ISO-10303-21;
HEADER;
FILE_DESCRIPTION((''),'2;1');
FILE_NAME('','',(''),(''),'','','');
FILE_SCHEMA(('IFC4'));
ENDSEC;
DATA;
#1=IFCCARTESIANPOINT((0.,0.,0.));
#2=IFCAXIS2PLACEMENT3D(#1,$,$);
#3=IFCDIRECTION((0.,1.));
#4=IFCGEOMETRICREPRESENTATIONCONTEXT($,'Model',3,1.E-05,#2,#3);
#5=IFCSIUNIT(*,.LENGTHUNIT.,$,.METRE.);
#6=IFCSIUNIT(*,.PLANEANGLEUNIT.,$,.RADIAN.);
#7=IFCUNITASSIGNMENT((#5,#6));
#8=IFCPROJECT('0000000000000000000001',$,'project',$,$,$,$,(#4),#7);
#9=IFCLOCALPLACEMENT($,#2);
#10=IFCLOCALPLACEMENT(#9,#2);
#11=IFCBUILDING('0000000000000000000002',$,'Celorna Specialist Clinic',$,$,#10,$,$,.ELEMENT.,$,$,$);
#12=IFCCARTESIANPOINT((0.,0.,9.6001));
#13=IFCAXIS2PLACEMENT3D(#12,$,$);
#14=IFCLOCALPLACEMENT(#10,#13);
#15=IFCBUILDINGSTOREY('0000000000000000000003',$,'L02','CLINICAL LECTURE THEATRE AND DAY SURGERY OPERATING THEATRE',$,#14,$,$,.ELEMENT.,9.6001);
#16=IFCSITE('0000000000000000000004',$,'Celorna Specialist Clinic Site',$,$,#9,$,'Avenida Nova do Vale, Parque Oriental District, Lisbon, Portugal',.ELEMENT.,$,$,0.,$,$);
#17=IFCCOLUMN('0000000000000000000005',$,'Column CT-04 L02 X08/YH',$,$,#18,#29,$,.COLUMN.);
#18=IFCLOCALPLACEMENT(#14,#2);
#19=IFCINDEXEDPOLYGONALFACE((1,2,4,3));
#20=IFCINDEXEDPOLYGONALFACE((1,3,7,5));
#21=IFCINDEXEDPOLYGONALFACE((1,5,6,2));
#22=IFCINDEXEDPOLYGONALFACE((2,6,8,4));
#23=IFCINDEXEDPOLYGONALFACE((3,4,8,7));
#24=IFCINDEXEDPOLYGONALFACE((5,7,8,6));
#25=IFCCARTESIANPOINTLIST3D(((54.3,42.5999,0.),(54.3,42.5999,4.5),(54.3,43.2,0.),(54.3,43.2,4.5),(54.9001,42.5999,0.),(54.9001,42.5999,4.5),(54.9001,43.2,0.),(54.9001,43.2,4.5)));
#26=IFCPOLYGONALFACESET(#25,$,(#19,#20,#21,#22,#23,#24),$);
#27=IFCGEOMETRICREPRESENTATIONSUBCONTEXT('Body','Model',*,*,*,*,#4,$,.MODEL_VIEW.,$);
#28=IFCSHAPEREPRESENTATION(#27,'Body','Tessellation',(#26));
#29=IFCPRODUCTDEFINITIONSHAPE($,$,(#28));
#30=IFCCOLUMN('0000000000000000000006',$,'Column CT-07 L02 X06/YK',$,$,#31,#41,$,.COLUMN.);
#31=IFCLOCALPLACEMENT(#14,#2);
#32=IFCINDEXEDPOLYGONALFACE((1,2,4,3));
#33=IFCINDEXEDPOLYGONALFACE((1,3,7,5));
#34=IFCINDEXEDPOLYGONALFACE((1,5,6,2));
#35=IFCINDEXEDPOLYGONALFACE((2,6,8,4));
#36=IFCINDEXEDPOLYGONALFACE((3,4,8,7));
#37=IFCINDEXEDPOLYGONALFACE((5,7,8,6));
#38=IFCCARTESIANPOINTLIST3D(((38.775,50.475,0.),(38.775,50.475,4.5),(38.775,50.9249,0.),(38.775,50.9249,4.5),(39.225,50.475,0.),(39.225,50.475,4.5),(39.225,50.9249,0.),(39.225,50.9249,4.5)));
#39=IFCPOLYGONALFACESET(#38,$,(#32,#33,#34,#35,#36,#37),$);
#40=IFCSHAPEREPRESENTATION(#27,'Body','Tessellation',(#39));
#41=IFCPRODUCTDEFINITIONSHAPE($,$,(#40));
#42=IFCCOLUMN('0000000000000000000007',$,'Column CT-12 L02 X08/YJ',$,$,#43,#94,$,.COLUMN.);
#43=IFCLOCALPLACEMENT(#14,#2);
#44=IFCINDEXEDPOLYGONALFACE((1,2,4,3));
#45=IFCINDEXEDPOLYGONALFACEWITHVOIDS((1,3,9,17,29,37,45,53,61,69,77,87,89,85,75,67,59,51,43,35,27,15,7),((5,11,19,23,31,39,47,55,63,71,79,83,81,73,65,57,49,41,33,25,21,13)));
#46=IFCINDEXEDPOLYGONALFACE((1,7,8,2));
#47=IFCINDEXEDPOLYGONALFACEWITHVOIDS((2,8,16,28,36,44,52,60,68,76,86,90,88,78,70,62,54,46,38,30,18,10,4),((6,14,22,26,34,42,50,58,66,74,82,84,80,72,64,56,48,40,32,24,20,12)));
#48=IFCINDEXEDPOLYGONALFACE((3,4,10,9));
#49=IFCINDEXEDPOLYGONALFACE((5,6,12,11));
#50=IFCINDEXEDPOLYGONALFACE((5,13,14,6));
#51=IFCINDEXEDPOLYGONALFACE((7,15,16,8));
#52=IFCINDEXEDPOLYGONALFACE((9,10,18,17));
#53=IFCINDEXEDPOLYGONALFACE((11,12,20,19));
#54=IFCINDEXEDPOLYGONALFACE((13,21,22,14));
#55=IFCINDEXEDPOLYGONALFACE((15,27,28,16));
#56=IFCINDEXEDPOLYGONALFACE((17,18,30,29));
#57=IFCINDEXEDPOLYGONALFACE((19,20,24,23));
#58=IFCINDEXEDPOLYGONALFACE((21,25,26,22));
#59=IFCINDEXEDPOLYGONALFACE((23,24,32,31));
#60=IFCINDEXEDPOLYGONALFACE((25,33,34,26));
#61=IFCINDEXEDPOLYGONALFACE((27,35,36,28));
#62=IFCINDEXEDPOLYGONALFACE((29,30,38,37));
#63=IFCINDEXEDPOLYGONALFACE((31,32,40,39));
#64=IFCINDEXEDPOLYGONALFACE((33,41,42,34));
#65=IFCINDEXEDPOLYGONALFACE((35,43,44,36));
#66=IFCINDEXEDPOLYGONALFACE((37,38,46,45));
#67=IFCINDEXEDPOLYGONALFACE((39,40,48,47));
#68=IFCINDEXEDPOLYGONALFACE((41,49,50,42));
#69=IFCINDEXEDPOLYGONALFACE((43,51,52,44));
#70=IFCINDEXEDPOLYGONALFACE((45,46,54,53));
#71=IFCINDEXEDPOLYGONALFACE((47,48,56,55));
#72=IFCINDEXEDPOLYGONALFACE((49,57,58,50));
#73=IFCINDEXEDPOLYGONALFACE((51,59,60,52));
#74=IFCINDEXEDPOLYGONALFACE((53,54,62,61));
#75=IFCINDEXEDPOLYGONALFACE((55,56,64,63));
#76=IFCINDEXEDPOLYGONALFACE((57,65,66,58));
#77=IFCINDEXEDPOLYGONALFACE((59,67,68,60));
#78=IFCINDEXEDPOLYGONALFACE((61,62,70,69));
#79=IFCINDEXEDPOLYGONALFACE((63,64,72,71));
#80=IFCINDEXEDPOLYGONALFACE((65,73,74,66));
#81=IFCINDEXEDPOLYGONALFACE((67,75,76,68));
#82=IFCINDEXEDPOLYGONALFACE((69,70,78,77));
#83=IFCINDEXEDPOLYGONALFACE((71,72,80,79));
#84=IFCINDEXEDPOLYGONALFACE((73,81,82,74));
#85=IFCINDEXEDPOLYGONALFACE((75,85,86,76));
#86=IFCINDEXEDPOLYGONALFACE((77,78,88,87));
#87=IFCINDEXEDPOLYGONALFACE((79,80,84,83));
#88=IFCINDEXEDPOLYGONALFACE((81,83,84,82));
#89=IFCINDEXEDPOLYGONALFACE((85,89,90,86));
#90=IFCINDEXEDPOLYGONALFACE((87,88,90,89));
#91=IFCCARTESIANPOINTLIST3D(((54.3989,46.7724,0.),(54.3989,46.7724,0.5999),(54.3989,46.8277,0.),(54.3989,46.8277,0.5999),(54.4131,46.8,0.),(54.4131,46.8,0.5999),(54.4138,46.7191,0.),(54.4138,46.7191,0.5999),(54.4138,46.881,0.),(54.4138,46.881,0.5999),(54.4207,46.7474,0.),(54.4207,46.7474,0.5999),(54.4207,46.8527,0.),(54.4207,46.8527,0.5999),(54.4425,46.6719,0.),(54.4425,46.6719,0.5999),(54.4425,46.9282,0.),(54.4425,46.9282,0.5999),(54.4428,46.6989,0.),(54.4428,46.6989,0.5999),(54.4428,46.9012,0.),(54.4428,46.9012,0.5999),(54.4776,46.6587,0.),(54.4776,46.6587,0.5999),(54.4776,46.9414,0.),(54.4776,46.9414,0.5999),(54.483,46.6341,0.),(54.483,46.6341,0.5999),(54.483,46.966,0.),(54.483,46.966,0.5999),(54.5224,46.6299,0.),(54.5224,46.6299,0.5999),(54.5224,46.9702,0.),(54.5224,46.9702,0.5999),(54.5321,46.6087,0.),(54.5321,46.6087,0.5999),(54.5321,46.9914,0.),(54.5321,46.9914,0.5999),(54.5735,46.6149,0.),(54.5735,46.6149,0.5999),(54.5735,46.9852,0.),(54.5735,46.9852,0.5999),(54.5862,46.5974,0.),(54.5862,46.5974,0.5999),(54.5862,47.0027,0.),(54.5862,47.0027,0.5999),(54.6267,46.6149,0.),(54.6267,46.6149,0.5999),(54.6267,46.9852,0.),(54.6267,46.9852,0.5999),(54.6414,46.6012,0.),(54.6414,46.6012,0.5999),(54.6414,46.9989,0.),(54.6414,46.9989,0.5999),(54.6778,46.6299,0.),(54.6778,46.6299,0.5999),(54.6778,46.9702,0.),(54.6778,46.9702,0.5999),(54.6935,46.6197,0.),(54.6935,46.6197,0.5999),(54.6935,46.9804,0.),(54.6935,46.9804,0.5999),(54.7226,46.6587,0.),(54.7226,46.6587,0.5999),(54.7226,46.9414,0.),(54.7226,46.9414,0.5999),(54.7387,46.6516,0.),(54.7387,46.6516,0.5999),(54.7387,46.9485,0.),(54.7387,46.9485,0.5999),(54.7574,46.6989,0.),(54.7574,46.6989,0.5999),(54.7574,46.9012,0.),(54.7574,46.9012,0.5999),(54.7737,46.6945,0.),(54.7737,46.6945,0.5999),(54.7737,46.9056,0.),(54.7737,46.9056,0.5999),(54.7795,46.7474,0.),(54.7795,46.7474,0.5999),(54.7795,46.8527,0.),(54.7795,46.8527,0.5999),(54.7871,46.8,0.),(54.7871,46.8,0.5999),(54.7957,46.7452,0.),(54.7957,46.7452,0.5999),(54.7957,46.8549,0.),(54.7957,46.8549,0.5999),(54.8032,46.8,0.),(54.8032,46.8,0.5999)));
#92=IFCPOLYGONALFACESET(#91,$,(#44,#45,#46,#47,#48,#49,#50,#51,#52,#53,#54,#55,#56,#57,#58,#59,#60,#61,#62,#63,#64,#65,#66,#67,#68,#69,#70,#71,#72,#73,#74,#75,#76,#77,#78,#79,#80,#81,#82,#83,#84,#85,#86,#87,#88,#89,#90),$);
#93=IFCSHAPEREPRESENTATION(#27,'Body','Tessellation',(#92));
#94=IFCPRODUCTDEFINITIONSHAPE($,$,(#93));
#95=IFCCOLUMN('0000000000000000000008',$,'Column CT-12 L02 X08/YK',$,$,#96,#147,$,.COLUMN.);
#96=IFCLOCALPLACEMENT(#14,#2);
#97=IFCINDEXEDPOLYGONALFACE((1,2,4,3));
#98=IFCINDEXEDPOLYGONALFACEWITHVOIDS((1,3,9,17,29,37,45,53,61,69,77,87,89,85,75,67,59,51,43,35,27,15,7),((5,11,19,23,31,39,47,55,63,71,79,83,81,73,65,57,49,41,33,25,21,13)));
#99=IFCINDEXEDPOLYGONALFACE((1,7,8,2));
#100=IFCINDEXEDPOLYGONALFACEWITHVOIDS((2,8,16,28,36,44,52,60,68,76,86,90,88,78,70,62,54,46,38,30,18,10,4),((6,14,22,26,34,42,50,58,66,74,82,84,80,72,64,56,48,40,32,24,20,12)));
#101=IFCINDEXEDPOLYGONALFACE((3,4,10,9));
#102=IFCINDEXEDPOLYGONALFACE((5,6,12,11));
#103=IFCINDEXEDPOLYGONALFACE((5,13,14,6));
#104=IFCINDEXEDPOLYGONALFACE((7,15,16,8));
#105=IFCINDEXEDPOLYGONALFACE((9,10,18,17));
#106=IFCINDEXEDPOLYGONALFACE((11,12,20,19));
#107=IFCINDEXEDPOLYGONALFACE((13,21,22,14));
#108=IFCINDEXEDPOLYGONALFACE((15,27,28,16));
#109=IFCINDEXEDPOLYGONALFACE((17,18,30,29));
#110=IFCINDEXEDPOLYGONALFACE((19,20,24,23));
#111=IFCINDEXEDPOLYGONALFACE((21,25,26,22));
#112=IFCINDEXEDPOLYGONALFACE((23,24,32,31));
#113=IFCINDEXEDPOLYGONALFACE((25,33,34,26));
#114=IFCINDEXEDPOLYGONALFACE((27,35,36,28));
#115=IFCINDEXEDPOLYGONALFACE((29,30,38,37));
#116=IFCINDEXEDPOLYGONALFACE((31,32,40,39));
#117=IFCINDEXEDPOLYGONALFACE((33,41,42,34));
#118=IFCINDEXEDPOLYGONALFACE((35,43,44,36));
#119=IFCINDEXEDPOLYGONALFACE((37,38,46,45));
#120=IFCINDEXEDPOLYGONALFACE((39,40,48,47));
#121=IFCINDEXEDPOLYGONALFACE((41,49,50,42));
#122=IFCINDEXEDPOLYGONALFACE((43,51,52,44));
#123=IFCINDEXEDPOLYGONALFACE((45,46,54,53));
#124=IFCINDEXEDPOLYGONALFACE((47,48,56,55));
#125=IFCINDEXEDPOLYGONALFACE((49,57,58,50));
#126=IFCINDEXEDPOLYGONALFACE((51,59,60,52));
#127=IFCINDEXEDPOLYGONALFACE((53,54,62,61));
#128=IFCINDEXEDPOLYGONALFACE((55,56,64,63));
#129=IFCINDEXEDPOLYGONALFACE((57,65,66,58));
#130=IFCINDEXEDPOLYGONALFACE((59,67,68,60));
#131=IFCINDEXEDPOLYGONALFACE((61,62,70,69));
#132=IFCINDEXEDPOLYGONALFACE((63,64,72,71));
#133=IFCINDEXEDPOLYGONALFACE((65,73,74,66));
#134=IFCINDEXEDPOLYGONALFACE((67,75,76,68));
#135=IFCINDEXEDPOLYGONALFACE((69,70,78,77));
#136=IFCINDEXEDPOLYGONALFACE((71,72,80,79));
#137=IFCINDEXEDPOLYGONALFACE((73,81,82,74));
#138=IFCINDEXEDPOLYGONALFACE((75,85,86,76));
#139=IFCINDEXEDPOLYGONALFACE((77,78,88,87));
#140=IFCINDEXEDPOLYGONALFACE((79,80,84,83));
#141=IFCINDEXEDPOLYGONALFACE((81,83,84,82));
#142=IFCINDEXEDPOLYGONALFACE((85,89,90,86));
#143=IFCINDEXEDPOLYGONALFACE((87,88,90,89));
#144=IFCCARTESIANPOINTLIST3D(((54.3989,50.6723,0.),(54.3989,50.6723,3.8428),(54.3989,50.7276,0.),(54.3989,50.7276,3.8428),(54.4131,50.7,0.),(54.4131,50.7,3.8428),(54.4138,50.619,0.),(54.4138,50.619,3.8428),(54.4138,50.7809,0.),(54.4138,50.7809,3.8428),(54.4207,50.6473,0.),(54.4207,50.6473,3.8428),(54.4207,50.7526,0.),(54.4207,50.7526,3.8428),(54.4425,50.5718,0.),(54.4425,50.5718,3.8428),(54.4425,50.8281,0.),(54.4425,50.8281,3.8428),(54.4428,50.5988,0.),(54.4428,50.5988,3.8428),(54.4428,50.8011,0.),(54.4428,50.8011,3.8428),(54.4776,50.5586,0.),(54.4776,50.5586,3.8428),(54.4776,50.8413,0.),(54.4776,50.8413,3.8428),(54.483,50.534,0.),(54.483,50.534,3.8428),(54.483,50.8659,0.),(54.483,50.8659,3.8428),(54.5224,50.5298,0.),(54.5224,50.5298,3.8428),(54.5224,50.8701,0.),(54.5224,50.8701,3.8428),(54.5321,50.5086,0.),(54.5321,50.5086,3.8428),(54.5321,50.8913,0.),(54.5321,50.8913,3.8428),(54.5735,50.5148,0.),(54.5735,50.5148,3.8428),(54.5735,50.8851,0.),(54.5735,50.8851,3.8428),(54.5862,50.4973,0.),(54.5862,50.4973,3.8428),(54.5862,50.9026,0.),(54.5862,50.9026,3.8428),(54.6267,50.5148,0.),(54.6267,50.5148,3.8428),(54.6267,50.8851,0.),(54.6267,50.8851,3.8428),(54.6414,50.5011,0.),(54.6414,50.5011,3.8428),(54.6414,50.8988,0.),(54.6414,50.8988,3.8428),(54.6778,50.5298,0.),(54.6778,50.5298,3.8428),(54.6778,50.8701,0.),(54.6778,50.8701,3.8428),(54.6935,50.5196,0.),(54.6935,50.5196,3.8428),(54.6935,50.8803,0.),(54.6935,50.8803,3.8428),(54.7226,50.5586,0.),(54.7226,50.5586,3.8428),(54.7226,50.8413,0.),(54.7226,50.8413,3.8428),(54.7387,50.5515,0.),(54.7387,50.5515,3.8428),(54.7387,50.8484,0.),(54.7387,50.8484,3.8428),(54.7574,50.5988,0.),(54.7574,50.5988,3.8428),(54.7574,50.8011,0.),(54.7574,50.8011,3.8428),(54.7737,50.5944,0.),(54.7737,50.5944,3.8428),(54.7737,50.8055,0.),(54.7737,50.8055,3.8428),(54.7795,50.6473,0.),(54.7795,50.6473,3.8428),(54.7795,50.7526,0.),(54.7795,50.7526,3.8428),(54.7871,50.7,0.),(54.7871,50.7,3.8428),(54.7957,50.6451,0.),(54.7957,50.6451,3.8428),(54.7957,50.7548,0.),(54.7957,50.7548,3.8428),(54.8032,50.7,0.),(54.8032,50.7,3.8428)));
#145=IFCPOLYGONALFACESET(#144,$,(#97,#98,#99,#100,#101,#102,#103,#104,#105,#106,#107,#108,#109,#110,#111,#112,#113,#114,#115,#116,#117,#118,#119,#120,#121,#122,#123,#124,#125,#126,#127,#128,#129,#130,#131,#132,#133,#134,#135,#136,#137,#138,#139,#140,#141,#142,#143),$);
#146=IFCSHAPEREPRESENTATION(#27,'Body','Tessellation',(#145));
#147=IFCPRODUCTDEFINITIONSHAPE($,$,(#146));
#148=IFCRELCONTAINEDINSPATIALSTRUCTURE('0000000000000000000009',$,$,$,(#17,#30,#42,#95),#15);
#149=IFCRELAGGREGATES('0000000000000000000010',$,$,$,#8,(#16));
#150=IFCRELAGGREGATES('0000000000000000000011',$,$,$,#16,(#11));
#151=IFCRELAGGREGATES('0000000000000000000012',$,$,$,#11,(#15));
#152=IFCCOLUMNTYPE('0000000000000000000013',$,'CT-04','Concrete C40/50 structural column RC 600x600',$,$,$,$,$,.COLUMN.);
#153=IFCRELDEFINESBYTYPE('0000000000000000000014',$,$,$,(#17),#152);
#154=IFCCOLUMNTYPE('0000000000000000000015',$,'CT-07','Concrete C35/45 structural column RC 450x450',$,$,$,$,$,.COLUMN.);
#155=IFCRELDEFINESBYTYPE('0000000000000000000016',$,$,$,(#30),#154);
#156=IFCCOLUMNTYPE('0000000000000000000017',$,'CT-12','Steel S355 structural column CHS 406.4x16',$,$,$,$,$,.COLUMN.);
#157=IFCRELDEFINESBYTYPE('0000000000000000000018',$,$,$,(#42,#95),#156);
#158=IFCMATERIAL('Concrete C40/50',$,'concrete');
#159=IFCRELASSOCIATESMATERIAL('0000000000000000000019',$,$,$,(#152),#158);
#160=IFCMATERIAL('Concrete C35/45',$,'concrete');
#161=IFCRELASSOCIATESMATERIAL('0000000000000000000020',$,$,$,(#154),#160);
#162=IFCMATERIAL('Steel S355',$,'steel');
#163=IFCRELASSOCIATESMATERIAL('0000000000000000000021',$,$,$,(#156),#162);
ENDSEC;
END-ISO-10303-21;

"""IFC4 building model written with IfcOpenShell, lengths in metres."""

from ifc_helpers import new_model, si_unit, direction, frame, origin, origin_2d, place, context, subcontext, project, spatial, rectangle, hollow_circle, extrude, material, material_profile, profile_set, type_object, element, save


model = new_model("IFC4")

# Units and contexts
model_context = context("Model", 3, precision=1e-05, world=origin(), true_north=direction((0.0, 1.0)))
body_context = subcontext(model_context, "Body", "Model", "MODEL_VIEW")
ifc_project = project(units=[si_unit("LENGTHUNIT", "METRE"), si_unit("PLANEANGLEUNIT", "RADIAN")], contexts=[model_context])

# Site, building, storey
site_placement = place(None, origin())
site = spatial("IfcSite", under=ifc_project, at=site_placement, Name="Celorna Specialist Clinic Site", LongName="Avenida Nova do Vale, Parque Oriental District, Lisbon, Portugal", CompositionType="ELEMENT", RefElevation=0.0)
building_placement = place(site_placement, origin())
building = spatial("IfcBuilding", under=site, at=building_placement, Name="Celorna Specialist Clinic", CompositionType="ELEMENT")
storey_placement = place(building_placement, frame((0.0, 0.0, 9.6001)))
storey = spatial("IfcBuildingStorey", under=building, at=storey_placement, Name="L02", Description="CLINICAL LECTURE THEATRE AND DAY SURGERY OPERATING THEATRE", CompositionType="ELEMENT", Elevation=9.6001)

# Columns
ifc_material_1 = material(Name="Concrete C40/50", Category="concrete")
ifc_material_profile_1 = material_profile(ifc_material_1, rectangle(XDim=0.6001, YDim=0.6001, at=origin_2d()), Name="RC 600x600")
ifc_profile_set_1 = profile_set([ifc_material_profile_1], Name="Concrete C40/50")
column_type_1 = type_object("IfcColumnType", Name="CT-04", Description="Concrete C40/50 structural column RC 600x600", PredefinedType="COLUMN", material=ifc_profile_set_1)
column_1_placement = place(storey_placement, frame((54.6001, 42.8999, 0.0), z_axis=(0.0, 0.0, 1.0), x_axis=(1.0, 0.0, 0.0)))
element("IfcColumn", 1, at=column_1_placement, inside=storey, type_object=column_type_1, Name="Column CT-04 L02 X08/YH", PredefinedType="COLUMN", context=body_context, shape_type="SweptSolid", body=[
    extrude(rectangle(XDim=0.6001, YDim=0.6001, at=origin_2d()), origin(), (0.0, 0.0, 1.0), 4.5),
])
ifc_material_2 = material(Name="Concrete C35/45", Category="concrete")
ifc_material_profile_2 = material_profile(ifc_material_2, rectangle(XDim=0.45, YDim=0.45, at=origin_2d()), Name="RC 450x450")
ifc_profile_set_2 = profile_set([ifc_material_profile_2], Name="Concrete C35/45")
column_type_2 = type_object("IfcColumnType", Name="CT-07", Description="Concrete C35/45 structural column RC 450x450", PredefinedType="COLUMN", material=ifc_profile_set_2)
column_2_placement = place(storey_placement, frame((39.0, 50.7, 0.0), z_axis=(0.0, 0.0, 1.0), x_axis=(1.0, 0.0, 0.0)))
element("IfcColumn", 2, at=column_2_placement, inside=storey, type_object=column_type_2, Name="Column CT-07 L02 X06/YK", PredefinedType="COLUMN", context=body_context, shape_type="SweptSolid", body=[
    extrude(rectangle(XDim=0.45, YDim=0.45, at=origin_2d()), origin(), (0.0, 0.0, 1.0), 4.5),
])
ifc_material_3 = material(Name="Steel S355", Category="steel")
ifc_material_profile_3 = material_profile(ifc_material_3, hollow_circle(Radius=0.2031, WallThickness=0.0161, at=origin_2d()), Name="CHS 406.4x16")
ifc_profile_set_3 = profile_set([ifc_material_profile_3], Name="Steel S355")
column_type_3 = type_object("IfcColumnType", Name="CT-12", Description="Steel S355 structural column CHS 406.4x16", PredefinedType="COLUMN", material=ifc_profile_set_3)
column_3_placement = place(storey_placement, frame((54.6001, 46.8, 0.0), z_axis=(0.0, 0.0, 1.0), x_axis=(1.0, 0.0, 0.0)))
element("IfcColumn", 3, at=column_3_placement, inside=storey, type_object=column_type_3, Name="Column CT-12 L02 X08/YJ", PredefinedType="COLUMN", context=body_context, shape_type="SweptSolid", body=[
    extrude(hollow_circle(Radius=0.2031, WallThickness=0.0161, at=origin_2d()), origin(), (0.0, 0.0, 1.0), 0.5999),
])
column_4_placement = place(storey_placement, frame((54.6001, 50.7, 0.0), z_axis=(0.0, 0.0, 1.0), x_axis=(1.0, 0.0, 0.0)))
element("IfcColumn", 4, at=column_4_placement, inside=storey, type_object=column_type_3, Name="Column CT-12 L02 X08/YK", PredefinedType="COLUMN", context=body_context, shape_type="SweptSolid", body=[
    extrude(hollow_circle(Radius=0.2031, WallThickness=0.0161, at=origin_2d()), origin(), (0.0, 0.0, 1.0), 3.8428),
])

save(model, "model.ifc")
